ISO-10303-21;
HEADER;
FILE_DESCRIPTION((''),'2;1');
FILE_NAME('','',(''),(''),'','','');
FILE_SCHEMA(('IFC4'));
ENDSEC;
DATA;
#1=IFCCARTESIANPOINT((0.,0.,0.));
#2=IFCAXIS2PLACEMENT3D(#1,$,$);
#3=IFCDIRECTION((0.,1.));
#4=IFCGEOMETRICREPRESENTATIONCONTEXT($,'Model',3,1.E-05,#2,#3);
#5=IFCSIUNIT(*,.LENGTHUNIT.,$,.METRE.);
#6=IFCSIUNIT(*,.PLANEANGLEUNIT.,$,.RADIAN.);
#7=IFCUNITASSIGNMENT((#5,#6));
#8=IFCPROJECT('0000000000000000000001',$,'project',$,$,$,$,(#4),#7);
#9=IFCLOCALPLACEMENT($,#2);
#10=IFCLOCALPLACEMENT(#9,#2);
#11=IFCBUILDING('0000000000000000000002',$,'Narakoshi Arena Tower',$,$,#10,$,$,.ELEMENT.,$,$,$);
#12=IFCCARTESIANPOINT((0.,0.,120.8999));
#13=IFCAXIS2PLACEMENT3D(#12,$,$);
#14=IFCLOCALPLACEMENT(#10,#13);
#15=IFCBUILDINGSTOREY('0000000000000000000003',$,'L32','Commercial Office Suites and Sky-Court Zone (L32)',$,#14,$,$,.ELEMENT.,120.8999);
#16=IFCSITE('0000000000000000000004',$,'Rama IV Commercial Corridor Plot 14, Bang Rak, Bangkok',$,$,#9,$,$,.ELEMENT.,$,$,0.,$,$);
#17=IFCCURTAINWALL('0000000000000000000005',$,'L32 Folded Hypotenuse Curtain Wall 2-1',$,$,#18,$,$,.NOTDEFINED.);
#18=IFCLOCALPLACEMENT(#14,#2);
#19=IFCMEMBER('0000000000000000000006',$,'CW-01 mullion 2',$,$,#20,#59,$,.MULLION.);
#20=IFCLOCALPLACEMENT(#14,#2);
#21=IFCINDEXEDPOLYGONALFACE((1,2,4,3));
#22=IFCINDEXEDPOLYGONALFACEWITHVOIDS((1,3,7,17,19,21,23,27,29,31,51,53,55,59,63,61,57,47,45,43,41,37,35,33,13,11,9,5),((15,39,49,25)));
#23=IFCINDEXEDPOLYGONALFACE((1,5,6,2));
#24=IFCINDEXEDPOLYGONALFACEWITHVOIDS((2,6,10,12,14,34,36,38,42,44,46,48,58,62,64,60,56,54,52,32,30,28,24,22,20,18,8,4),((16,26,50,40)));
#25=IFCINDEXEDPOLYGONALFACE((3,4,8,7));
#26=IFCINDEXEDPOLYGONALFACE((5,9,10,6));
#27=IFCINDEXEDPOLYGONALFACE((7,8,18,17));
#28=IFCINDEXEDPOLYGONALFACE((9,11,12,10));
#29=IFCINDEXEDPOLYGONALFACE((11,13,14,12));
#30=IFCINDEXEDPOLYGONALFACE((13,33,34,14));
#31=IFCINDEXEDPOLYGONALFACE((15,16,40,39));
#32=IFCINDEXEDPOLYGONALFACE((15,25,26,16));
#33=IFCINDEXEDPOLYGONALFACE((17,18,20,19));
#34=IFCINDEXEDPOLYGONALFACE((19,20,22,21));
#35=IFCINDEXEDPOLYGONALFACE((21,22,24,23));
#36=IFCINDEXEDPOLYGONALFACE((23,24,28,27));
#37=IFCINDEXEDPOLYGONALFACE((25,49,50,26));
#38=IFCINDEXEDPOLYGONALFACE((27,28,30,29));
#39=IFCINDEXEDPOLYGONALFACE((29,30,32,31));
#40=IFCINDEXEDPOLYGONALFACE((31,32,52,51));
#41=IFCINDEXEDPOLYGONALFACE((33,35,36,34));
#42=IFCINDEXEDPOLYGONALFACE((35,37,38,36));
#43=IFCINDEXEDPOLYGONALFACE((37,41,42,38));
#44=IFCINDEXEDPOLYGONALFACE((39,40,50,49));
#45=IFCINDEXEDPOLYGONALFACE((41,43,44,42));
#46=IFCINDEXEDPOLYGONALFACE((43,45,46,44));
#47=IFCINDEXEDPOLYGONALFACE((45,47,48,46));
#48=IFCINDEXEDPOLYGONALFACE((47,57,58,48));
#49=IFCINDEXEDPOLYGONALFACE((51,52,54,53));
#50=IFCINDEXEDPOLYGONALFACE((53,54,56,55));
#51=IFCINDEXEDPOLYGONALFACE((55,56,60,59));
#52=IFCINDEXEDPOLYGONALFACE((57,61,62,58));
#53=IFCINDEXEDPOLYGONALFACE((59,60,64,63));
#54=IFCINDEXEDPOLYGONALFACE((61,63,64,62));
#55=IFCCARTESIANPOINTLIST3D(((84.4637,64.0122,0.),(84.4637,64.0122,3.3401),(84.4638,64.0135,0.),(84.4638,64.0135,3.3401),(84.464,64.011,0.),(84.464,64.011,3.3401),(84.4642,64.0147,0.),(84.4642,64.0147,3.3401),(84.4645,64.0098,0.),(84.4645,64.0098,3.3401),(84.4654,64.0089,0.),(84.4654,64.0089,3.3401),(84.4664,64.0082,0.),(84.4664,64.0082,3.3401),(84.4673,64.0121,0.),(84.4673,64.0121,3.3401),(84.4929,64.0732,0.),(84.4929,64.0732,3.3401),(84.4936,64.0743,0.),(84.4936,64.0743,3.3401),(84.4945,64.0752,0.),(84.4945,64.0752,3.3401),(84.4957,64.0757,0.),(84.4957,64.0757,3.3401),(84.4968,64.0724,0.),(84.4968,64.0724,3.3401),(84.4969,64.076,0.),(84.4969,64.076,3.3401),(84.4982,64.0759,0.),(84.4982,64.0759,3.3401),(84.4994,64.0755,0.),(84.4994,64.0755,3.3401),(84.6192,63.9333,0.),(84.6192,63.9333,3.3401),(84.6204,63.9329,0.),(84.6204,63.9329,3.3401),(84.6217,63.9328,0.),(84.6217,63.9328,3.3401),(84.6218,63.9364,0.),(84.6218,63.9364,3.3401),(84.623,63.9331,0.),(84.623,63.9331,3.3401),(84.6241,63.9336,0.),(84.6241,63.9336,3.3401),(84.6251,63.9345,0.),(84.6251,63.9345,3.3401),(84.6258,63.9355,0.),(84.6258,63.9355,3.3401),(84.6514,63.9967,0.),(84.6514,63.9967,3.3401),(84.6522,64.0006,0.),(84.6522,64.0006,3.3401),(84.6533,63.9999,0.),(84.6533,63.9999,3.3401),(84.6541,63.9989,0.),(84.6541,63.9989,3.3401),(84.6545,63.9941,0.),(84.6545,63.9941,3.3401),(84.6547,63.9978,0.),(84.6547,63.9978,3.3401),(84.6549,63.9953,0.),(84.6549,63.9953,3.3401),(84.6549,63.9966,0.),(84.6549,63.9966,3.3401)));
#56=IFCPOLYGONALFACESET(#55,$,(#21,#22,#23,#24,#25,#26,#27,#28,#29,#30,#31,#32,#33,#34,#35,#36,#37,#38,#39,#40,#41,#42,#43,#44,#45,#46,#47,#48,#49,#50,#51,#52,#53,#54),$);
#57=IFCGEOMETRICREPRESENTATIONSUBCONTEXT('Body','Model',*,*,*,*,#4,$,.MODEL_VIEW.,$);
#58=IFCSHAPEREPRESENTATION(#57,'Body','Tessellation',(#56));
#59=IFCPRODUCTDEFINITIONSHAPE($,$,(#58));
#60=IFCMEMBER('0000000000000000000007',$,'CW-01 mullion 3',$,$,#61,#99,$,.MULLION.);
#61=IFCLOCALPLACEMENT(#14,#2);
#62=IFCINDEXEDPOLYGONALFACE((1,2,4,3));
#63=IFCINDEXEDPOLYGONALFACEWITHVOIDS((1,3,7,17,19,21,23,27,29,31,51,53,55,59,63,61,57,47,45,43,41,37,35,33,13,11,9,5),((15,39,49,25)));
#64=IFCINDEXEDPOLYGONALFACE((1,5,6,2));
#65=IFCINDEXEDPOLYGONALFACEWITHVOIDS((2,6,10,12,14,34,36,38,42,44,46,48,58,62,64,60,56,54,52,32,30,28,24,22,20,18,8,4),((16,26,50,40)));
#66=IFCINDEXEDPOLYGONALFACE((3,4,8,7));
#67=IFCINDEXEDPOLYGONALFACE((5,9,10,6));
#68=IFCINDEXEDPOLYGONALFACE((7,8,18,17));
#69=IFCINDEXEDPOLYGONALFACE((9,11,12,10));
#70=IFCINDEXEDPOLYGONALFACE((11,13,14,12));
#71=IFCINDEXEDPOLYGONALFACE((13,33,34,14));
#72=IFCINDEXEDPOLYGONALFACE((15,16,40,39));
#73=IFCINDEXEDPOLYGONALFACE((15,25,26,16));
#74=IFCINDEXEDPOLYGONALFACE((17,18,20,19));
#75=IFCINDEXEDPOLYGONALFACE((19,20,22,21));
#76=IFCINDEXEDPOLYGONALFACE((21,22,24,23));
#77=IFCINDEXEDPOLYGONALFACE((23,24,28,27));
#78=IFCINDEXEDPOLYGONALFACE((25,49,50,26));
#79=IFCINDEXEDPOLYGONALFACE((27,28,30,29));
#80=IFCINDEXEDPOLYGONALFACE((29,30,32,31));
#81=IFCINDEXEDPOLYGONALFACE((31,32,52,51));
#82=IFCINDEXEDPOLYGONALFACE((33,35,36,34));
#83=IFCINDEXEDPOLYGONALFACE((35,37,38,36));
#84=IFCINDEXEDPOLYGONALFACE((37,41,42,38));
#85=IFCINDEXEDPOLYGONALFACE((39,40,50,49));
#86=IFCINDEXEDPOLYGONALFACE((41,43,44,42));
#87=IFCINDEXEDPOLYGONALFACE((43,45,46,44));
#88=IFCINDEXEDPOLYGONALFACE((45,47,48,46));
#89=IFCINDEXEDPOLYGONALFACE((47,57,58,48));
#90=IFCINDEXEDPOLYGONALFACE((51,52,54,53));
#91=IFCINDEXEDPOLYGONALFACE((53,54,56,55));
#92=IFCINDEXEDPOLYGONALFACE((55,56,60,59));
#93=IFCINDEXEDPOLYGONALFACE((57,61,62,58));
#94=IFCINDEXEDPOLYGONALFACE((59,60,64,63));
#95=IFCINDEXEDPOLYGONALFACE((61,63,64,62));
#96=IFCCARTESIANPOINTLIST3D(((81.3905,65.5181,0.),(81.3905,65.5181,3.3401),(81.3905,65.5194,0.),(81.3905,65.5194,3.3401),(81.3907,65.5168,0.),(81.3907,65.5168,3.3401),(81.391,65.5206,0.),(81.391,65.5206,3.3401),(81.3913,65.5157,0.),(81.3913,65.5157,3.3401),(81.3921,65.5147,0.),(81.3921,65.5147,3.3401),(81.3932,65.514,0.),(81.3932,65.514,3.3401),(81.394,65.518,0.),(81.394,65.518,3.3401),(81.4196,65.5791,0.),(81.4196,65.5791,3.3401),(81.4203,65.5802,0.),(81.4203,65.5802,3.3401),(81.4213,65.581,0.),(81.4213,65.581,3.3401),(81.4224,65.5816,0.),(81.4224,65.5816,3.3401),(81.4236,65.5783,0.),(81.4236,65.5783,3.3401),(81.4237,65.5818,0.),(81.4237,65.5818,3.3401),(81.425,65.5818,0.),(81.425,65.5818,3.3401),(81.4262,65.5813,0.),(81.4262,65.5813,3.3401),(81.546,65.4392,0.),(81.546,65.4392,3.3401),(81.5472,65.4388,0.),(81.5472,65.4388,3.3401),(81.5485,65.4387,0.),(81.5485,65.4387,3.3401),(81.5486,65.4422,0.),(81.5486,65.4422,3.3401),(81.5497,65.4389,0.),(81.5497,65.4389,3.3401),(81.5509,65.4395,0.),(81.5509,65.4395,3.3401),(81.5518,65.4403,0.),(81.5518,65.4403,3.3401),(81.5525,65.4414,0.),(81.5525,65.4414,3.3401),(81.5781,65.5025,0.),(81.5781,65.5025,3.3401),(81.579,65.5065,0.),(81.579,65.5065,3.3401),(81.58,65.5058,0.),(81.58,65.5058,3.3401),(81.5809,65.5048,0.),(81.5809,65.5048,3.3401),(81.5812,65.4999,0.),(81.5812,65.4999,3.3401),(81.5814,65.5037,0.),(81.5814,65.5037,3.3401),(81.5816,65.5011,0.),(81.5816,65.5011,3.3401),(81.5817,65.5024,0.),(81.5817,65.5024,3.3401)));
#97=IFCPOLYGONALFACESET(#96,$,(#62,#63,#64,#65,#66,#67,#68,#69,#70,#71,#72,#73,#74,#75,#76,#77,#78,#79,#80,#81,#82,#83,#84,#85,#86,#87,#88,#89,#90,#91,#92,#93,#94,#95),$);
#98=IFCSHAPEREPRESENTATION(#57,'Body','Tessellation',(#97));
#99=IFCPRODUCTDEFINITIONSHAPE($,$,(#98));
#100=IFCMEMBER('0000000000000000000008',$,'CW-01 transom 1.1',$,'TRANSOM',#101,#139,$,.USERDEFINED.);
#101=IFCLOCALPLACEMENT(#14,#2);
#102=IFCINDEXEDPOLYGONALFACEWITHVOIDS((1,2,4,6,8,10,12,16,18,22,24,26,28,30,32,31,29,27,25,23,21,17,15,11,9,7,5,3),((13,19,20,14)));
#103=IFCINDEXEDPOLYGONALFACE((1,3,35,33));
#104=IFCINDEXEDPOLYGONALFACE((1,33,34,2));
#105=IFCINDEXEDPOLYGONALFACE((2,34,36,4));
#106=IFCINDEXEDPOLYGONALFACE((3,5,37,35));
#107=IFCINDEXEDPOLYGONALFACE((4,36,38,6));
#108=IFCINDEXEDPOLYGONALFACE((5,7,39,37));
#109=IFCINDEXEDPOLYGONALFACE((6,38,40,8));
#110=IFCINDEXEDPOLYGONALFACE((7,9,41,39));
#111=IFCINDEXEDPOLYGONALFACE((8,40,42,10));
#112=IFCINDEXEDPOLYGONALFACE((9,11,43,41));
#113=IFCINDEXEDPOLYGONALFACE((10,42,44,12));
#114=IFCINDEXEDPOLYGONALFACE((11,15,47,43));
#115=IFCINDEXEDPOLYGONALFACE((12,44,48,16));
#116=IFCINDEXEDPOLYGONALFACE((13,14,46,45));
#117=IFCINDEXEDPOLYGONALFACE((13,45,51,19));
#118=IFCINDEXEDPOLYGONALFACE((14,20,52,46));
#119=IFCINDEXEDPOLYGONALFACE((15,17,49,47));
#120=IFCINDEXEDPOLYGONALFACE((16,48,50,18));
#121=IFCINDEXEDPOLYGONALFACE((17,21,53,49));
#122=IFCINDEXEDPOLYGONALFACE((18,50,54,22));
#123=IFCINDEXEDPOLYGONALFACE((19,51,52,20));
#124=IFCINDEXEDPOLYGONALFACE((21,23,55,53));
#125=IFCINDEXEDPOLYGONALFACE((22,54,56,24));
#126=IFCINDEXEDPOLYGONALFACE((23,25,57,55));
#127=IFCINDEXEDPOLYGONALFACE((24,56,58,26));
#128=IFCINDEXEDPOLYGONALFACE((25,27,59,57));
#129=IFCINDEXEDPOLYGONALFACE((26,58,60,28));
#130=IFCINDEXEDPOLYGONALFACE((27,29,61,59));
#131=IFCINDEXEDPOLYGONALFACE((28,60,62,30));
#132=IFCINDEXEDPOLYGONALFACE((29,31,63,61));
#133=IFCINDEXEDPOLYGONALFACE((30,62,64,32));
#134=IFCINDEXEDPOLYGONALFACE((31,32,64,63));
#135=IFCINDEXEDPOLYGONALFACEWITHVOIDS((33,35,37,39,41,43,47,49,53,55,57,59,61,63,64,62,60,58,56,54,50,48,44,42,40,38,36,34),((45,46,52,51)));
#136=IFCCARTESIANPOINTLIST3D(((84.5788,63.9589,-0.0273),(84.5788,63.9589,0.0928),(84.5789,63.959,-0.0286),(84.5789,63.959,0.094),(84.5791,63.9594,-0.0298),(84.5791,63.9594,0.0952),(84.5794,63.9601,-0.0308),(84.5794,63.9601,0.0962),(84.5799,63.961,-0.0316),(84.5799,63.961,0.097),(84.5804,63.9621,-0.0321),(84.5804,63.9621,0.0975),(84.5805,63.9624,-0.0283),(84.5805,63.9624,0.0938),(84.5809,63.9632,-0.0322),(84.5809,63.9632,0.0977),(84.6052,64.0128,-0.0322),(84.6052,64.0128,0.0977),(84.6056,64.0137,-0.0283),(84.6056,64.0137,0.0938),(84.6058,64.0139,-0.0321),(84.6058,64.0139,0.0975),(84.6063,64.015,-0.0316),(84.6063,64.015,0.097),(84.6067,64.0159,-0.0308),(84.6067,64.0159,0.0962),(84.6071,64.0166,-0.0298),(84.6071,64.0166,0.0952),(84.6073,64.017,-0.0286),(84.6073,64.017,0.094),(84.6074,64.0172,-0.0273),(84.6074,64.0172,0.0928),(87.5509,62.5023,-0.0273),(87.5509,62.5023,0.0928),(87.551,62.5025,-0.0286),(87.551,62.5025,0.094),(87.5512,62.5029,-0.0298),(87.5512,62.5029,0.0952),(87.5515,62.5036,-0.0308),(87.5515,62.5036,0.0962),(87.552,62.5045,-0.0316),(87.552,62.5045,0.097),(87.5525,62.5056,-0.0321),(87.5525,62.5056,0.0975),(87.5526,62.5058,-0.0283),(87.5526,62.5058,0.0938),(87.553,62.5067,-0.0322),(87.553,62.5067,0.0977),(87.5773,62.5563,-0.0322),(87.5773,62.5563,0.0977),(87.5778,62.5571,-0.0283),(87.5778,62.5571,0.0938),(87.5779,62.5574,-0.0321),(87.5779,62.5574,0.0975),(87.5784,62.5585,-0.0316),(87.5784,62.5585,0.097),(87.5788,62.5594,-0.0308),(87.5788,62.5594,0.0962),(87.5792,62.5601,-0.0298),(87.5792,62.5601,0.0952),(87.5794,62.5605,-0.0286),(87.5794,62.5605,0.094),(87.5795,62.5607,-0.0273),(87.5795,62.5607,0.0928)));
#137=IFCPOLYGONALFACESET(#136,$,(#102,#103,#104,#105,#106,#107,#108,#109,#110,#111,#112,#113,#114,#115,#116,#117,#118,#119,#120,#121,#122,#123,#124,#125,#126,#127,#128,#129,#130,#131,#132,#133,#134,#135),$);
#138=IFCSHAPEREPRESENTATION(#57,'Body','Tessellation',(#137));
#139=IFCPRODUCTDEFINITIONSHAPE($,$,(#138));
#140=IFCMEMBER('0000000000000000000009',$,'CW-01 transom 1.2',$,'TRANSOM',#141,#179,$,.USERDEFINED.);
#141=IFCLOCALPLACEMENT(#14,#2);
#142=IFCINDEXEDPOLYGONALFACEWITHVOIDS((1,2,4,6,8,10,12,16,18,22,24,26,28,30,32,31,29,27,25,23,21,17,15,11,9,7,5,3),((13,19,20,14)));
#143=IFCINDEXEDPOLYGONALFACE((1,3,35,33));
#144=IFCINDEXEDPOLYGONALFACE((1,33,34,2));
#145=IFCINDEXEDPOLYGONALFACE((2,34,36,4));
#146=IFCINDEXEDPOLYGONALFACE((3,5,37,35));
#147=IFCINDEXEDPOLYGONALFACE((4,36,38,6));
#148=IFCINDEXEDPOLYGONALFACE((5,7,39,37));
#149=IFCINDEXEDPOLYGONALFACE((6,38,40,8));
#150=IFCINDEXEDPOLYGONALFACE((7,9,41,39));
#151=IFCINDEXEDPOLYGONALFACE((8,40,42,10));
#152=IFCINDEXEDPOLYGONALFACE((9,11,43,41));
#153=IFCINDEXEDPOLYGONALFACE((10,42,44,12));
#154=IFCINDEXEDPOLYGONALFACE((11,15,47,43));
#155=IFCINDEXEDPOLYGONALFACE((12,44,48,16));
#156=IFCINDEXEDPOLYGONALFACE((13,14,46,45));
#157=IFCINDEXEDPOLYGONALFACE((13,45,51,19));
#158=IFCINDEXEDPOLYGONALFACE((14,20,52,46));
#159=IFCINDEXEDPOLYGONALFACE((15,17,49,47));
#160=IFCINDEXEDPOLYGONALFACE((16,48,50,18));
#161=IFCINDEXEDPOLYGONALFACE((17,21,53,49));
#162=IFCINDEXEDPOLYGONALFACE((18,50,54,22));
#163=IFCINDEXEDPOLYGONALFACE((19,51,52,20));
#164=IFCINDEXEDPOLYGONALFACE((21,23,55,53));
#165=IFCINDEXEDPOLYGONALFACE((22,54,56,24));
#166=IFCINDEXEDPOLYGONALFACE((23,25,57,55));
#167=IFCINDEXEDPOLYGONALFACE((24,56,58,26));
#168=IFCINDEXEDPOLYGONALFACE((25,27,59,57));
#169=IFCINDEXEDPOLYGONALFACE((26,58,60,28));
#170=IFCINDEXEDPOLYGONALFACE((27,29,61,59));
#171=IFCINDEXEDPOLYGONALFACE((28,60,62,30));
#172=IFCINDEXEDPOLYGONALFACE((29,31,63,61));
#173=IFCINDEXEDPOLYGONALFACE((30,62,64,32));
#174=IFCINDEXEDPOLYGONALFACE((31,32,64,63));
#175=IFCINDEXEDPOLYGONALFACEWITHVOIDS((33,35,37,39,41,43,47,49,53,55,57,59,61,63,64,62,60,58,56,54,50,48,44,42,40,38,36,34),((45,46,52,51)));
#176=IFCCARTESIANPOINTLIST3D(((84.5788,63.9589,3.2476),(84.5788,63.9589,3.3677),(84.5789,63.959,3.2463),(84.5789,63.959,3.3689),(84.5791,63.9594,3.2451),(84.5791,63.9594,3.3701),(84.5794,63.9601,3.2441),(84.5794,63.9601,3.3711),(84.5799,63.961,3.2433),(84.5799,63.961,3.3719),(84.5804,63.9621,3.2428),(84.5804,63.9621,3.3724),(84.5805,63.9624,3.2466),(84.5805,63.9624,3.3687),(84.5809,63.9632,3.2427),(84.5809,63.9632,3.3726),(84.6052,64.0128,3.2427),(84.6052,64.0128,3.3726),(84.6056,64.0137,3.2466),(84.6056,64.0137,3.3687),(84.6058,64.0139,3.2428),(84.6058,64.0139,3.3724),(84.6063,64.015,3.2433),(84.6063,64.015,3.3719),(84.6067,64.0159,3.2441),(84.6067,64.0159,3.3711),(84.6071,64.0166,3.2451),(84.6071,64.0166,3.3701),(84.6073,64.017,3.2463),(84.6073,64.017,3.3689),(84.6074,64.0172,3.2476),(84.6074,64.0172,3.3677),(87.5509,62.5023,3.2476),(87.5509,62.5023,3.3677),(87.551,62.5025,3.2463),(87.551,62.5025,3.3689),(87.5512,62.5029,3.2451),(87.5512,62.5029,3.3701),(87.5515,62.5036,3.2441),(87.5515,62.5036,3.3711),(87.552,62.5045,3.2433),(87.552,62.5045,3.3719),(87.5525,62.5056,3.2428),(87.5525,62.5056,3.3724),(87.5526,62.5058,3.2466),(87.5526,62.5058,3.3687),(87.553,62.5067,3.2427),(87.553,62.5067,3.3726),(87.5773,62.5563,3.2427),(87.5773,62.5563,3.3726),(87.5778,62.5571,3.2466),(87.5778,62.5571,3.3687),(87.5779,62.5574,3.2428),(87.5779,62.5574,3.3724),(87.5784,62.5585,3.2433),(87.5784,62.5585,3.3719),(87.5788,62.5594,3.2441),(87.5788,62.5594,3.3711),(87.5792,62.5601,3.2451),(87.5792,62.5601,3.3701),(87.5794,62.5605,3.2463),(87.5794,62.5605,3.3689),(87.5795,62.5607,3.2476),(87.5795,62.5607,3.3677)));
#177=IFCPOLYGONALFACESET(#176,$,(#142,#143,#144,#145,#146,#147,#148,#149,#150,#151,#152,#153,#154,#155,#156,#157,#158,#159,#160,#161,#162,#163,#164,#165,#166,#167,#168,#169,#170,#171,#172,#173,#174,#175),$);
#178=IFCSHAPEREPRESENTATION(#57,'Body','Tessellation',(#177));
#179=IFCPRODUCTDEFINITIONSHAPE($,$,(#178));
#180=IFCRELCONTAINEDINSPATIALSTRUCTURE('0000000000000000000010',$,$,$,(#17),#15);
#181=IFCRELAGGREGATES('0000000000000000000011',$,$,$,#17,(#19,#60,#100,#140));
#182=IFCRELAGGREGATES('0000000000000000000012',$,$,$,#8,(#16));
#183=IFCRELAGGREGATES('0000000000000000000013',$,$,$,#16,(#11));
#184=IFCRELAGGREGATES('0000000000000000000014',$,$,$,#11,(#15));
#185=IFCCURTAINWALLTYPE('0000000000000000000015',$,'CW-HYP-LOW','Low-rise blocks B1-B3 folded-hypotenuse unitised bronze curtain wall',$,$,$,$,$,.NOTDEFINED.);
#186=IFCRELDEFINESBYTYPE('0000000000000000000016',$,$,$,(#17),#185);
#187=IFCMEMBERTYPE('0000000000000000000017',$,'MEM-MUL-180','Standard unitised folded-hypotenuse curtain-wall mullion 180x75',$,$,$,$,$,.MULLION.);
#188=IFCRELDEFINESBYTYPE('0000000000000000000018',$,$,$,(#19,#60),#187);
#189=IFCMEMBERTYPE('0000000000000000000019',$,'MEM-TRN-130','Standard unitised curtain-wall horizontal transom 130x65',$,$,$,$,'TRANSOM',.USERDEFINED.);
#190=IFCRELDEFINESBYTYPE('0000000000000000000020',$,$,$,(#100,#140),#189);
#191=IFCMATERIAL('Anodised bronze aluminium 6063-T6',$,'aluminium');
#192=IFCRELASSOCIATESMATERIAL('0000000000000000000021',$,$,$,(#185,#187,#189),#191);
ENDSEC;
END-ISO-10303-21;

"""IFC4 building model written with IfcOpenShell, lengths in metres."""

from ifc_helpers import new_model, si_unit, direction, frame, origin, origin_2d, place, context, subcontext, project, spatial, hollow_rectangle, extrude, material, material_profile, profile_set, type_object, element, aggregate, save


model = new_model("IFC4")

# Units and contexts
model_context = context("Model", 3, precision=1e-05, world=origin(), true_north=direction((0.0, 1.0)))
body_context = subcontext(model_context, "Body", "Model", "MODEL_VIEW")
ifc_project = project(units=[si_unit("LENGTHUNIT", "METRE"), si_unit("PLANEANGLEUNIT", "RADIAN")], contexts=[model_context])

# Site, building, storey
site_placement = place(None, origin())
site = spatial("IfcSite", under=ifc_project, at=site_placement, Name="Rama IV Commercial Corridor Plot 14, Bang Rak, Bangkok", CompositionType="ELEMENT", RefElevation=0.0)
building_placement = place(site_placement, origin())
building = spatial("IfcBuilding", under=site, at=building_placement, Name="Narakoshi Arena Tower", CompositionType="ELEMENT")
storey_placement = place(building_placement, frame((0.0, 0.0, 120.8999)))
storey = spatial("IfcBuildingStorey", under=building, at=storey_placement, Name="L32", Description="Commercial Office Suites and Sky-Court Zone (L32)", CompositionType="ELEMENT", Elevation=120.8999)

# Curtain wall, members
ifc_material_1 = material(Name="Anodised bronze aluminium 6063-T6", Category="aluminium")
curtain_wall_type = type_object("IfcCurtainWallType", Name="CW-HYP-LOW", Description="Low-rise blocks B1-B3 folded-hypotenuse unitised bronze curtain wall", PredefinedType="NOTDEFINED", material=ifc_material_1)
curtain_wall_placement = place(storey_placement, origin())
curtain_wall = element("IfcCurtainWall", 1, at=curtain_wall_placement, inside=storey, type_object=curtain_wall_type, Name="L32 Folded Hypotenuse Curtain Wall 2-1", PredefinedType="NOTDEFINED")
ifc_material_profile_1 = material_profile(ifc_material_1, hollow_rectangle(XDim=0.075, YDim=0.1799, WallThickness=0.0039, OuterFilletRadius=0.0049, at=origin_2d()), Name="MUL180x75x4")
ifc_profile_set_1 = profile_set([ifc_material_profile_1], Name="Anodised bronze aluminium 6063-T6")
member_type_1 = type_object("IfcMemberType", Name="MEM-MUL-180", Description="Standard unitised folded-hypotenuse curtain-wall mullion 180x75", PredefinedType="MULLION", material=ifc_profile_set_1)
member_1_placement = place(storey_placement, frame((84.5593, 64.0044, 0.0), z_axis=(0.0, 0.0, 1.0), x_axis=(-0.440005, -0.897996, 0.0)))
member_1 = element("IfcMember", 2, at=member_1_placement, type_object=member_type_1, Name="CW-01 mullion 2", PredefinedType="MULLION", context=body_context, shape_type="SweptSolid", body=[
    extrude(hollow_rectangle(XDim=0.075, YDim=0.1799, WallThickness=0.0039, OuterFilletRadius=0.0049, at=origin_2d()), origin(), (0.0, 0.0, 1.0), 3.3401),
])
member_2_placement = place(storey_placement, frame((81.4861, 65.5103, 0.0), z_axis=(0.0, 0.0, 1.0), x_axis=(-0.440005, -0.897996, 0.0)))
member_2 = element("IfcMember", 3, at=member_2_placement, type_object=member_type_1, Name="CW-01 mullion 3", PredefinedType="MULLION", context=body_context, shape_type="SweptSolid", body=[
    extrude(hollow_rectangle(XDim=0.075, YDim=0.1799, WallThickness=0.0039, OuterFilletRadius=0.0049, at=origin_2d()), origin(), (0.0, 0.0, 1.0), 3.3401),
])
ifc_material_profile_2 = material_profile(ifc_material_1, hollow_rectangle(XDim=0.0649, YDim=0.1299, WallThickness=0.0039, OuterFilletRadius=0.0049, at=origin_2d()), Name="TRN130x65x4")
ifc_profile_set_2 = profile_set([ifc_material_profile_2], Name="Anodised bronze aluminium 6063-T6")
member_type_2 = type_object("IfcMemberType", Name="MEM-TRN-130", Description="Standard unitised curtain-wall horizontal transom 130x65", ElementType="TRANSOM", PredefinedType="USERDEFINED", material=ifc_profile_set_2)
member_3_placement = place(storey_placement, frame((87.5652, 62.5315, 0.0327), z_axis=(-0.897969, 0.440059, 0.0), x_axis=(-0.440059, -0.897969, 0.0)))
member_3 = element("IfcMember", 4, at=member_3_placement, type_object=member_type_2, Name="CW-01 transom 1.1", ObjectType="TRANSOM", PredefinedType="USERDEFINED", context=body_context, shape_type="SweptSolid", body=[
    extrude(hollow_rectangle(XDim=0.0649, YDim=0.1299, WallThickness=0.0039, OuterFilletRadius=0.0049, at=origin_2d()), origin(), (0.0, 0.0, 1.0), 3.3098),
])
member_4_placement = place(storey_placement, frame((87.5652, 62.5315, 3.3076), z_axis=(-0.897969, 0.440059, 0.0), x_axis=(-0.440059, -0.897969, 0.0)))
member_4 = element("IfcMember", 5, at=member_4_placement, type_object=member_type_2, Name="CW-01 transom 1.2", ObjectType="TRANSOM", PredefinedType="USERDEFINED", context=body_context, shape_type="SweptSolid", body=[
    extrude(hollow_rectangle(XDim=0.0649, YDim=0.1299, WallThickness=0.0039, OuterFilletRadius=0.0049, at=origin_2d()), origin(), (0.0, 0.0, 1.0), 3.3098),
])
aggregate(curtain_wall, [member_1, member_2, member_3, member_4])

save(model, "model.ifc")
